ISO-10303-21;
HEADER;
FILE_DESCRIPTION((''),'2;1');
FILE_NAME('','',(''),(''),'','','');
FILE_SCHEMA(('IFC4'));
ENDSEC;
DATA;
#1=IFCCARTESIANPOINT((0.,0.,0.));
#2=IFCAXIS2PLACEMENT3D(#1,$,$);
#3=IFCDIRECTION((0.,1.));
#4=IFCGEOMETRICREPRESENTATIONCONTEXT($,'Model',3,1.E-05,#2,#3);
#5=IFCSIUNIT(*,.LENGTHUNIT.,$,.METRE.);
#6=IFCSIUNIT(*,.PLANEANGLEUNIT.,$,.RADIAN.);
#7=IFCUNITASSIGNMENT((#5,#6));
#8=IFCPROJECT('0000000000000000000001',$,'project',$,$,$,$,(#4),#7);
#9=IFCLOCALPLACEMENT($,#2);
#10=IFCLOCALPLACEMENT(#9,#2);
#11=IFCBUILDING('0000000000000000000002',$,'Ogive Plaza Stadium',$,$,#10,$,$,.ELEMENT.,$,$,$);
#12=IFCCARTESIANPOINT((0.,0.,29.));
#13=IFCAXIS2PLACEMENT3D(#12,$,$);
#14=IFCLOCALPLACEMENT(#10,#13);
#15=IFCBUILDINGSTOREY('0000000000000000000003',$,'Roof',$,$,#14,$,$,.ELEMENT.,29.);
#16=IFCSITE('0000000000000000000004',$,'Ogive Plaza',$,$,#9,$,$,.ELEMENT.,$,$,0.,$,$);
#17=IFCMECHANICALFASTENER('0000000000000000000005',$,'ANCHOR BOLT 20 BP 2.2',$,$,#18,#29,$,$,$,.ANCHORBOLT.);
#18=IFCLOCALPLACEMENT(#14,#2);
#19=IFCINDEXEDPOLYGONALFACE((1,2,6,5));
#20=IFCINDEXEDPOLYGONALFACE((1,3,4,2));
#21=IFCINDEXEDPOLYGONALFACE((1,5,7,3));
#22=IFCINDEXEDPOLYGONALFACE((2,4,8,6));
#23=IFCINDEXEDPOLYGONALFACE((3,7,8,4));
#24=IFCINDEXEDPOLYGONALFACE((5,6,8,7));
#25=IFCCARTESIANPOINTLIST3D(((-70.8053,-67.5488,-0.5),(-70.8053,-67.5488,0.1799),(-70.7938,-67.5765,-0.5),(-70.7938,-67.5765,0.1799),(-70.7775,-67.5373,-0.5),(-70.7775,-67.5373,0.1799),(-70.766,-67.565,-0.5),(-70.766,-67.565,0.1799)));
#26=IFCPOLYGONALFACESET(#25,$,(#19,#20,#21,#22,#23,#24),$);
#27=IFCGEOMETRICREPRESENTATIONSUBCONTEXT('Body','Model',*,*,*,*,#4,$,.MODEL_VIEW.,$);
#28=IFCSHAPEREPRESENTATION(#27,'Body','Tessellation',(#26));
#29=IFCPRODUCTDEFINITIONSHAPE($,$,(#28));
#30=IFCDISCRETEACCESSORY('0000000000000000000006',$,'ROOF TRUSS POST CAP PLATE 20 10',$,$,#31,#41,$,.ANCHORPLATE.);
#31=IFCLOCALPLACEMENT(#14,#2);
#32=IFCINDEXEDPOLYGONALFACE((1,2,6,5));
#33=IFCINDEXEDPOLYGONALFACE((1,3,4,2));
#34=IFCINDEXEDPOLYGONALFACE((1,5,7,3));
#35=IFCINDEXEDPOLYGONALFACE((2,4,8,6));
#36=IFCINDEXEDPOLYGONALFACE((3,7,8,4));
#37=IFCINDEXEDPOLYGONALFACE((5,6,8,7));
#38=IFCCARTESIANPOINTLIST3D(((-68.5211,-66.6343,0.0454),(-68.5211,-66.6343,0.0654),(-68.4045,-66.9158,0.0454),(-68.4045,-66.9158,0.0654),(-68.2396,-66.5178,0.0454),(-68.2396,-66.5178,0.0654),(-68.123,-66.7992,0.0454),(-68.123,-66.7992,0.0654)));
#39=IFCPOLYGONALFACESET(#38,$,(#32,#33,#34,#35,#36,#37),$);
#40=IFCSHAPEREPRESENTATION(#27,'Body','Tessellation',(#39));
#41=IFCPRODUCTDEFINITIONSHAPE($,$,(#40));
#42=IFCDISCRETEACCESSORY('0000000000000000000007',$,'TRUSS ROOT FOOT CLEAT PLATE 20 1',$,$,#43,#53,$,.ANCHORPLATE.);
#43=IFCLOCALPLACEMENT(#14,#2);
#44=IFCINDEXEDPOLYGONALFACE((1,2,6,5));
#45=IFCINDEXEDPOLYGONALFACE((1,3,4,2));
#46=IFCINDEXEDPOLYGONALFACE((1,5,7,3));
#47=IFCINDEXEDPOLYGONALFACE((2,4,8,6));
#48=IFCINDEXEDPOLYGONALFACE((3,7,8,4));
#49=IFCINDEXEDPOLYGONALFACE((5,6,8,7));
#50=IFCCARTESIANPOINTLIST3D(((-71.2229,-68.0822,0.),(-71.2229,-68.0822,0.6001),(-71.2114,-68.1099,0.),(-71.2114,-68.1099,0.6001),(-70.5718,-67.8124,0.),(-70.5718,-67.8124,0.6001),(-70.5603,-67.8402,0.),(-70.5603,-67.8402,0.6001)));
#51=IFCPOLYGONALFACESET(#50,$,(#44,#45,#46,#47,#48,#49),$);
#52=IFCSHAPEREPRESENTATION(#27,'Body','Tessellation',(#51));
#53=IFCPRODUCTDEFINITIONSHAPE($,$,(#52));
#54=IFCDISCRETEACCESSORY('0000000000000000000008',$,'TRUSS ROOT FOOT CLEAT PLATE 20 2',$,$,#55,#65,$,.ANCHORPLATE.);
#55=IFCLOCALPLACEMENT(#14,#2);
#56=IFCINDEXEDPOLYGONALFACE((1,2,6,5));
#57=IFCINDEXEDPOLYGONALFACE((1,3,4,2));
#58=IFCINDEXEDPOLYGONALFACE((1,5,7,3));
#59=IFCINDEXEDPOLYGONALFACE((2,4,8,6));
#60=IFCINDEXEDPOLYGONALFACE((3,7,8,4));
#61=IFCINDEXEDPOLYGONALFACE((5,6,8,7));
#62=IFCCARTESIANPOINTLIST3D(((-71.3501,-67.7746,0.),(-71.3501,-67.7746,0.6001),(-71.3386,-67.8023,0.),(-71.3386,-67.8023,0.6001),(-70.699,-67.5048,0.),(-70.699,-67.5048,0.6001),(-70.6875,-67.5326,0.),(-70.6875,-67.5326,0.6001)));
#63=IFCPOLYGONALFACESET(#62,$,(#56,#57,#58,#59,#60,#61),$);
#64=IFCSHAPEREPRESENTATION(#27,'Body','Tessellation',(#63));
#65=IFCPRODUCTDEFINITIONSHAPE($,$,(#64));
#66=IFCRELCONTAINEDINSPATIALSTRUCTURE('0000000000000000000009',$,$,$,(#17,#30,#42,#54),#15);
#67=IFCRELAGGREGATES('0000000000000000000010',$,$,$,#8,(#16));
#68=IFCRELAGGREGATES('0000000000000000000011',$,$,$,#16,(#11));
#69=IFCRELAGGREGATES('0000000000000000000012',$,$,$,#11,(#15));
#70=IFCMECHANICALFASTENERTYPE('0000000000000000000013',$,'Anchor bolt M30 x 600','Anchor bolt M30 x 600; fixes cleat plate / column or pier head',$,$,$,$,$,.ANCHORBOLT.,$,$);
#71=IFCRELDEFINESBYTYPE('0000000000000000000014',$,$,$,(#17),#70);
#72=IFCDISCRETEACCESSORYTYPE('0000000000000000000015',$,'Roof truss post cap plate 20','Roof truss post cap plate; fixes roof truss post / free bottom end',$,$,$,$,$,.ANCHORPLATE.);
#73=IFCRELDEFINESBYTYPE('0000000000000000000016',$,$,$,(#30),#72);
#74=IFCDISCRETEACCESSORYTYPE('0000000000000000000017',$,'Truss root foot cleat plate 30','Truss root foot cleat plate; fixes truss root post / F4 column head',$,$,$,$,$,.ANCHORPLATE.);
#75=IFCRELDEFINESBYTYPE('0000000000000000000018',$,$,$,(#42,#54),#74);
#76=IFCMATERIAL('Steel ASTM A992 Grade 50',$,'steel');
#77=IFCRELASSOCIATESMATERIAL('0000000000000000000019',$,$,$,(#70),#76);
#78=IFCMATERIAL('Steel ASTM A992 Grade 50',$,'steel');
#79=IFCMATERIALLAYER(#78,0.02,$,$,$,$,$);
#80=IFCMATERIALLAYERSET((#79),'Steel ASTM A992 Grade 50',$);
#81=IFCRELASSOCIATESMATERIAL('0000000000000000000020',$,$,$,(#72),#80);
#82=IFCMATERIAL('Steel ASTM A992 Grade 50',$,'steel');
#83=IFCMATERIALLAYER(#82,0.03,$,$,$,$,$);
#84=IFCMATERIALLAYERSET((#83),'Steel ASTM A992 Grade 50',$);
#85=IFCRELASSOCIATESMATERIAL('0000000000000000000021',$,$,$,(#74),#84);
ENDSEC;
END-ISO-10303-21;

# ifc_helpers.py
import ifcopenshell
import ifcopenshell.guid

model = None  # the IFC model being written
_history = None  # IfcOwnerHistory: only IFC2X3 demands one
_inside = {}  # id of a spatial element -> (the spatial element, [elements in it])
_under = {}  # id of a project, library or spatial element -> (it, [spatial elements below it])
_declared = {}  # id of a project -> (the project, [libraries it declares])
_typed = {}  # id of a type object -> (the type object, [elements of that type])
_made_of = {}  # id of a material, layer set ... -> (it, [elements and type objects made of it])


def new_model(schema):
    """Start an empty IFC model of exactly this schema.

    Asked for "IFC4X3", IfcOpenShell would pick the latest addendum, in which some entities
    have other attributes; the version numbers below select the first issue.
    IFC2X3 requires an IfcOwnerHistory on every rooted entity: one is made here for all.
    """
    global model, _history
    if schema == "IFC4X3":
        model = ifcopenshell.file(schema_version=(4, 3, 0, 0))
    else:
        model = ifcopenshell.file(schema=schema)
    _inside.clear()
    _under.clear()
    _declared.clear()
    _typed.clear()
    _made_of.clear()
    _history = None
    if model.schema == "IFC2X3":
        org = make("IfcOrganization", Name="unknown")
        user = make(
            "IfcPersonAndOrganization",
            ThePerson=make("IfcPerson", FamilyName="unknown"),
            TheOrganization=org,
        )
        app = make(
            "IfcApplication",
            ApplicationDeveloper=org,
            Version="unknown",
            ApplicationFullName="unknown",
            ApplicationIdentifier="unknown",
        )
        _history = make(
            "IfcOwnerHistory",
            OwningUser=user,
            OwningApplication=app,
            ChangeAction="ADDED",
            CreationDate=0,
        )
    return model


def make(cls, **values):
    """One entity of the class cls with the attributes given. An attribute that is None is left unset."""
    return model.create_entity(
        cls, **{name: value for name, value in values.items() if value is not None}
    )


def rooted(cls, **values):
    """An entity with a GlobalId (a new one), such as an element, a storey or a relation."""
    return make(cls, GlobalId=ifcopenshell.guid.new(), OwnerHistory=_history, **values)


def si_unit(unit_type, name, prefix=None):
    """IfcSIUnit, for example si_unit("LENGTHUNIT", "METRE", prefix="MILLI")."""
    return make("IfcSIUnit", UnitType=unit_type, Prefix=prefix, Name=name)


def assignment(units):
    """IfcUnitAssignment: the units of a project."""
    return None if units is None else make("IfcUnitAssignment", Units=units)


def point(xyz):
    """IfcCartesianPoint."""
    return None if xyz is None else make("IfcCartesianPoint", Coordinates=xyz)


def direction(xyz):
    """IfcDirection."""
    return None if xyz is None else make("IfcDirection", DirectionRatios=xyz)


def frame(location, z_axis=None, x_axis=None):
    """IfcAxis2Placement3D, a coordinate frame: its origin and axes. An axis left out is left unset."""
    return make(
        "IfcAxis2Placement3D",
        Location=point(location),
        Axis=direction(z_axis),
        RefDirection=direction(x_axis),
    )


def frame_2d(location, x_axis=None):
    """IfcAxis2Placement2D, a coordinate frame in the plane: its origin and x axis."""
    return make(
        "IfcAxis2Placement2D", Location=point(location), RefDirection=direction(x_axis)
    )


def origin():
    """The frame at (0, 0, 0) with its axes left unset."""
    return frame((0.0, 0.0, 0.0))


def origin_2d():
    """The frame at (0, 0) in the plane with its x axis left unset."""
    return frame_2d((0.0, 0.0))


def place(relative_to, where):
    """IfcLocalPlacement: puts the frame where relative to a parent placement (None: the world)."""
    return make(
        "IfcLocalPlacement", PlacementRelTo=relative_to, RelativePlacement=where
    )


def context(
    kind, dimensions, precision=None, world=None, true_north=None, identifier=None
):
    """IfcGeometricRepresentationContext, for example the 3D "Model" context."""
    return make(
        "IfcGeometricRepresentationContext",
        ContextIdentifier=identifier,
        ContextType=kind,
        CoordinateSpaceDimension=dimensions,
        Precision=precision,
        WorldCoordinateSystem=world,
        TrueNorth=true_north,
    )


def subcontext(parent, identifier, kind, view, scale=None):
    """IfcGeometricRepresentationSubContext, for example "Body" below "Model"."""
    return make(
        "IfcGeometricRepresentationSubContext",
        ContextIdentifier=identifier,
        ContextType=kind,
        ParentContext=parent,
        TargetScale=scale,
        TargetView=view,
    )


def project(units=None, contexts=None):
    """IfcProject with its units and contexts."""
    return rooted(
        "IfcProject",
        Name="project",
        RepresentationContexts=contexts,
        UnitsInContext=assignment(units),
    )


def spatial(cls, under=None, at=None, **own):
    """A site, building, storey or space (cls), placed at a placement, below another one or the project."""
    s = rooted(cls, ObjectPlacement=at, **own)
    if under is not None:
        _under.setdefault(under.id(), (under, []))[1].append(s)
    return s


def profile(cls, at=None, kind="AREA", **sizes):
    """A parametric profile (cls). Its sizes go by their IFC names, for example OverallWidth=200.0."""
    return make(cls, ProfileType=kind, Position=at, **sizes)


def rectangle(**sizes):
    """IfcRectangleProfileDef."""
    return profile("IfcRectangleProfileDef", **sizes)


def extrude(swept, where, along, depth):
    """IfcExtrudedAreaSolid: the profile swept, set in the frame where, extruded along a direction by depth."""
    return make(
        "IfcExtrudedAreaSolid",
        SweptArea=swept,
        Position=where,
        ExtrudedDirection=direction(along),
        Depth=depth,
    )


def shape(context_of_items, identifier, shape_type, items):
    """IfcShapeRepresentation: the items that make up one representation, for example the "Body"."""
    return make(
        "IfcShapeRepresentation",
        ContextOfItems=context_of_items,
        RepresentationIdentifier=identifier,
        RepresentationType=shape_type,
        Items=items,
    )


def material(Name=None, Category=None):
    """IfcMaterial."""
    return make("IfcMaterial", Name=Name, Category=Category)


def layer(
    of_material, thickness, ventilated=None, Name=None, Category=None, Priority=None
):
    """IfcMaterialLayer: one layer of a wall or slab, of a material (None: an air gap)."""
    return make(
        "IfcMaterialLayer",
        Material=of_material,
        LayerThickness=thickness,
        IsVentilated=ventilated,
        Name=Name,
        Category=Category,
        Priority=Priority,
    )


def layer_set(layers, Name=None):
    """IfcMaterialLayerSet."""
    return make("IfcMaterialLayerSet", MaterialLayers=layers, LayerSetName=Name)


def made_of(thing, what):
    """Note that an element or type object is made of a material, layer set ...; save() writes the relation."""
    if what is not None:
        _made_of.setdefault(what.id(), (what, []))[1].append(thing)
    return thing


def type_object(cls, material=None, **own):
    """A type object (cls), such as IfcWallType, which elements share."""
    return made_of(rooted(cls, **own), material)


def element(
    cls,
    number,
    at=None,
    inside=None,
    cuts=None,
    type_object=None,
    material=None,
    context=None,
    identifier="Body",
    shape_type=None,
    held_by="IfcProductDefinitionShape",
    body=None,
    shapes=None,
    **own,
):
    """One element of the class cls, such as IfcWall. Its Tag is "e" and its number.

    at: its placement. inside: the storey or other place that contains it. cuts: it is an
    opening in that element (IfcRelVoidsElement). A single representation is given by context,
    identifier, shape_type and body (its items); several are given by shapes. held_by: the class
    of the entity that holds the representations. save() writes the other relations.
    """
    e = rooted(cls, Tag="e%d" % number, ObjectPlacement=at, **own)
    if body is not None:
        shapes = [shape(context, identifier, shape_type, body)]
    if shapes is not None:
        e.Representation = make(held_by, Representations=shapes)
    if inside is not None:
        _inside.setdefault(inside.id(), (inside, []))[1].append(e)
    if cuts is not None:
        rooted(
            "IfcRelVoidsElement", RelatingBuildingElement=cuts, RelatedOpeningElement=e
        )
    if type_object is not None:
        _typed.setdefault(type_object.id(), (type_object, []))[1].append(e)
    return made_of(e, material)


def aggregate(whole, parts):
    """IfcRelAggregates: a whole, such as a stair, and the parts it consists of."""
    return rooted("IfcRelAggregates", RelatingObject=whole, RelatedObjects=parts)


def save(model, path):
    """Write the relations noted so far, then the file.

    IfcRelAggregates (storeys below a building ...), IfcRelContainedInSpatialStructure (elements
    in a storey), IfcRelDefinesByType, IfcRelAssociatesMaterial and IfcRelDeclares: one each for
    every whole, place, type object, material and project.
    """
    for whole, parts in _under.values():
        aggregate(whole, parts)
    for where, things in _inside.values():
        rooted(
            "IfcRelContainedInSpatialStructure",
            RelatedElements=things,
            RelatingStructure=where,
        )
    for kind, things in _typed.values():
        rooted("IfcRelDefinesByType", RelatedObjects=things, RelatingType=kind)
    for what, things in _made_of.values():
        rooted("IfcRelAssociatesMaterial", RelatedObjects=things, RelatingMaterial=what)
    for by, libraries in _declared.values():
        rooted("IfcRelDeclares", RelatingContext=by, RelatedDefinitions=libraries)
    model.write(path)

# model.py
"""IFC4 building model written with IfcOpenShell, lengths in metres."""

from ifc_helpers import new_model, si_unit, direction, frame, origin, origin_2d, place, context, subcontext, project, spatial, rectangle, extrude, material, layer, layer_set, type_object, element, save


model = new_model("IFC4")

# Units and contexts
model_context = context("Model", 3, precision=1e-05, world=origin(), true_north=direction((0.0, 1.0)))
body_context = subcontext(model_context, "Body", "Model", "MODEL_VIEW")
ifc_project = project(units=[si_unit("LENGTHUNIT", "METRE"), si_unit("PLANEANGLEUNIT", "RADIAN")], contexts=[model_context])

# Site, building, storey
site_placement = place(None, origin())
site = spatial("IfcSite", under=ifc_project, at=site_placement, Name="Ogive Plaza", CompositionType="ELEMENT", RefElevation=0.0)
building_placement = place(site_placement, origin())
building = spatial("IfcBuilding", under=site, at=building_placement, Name="Ogive Plaza Stadium", CompositionType="ELEMENT")
storey_placement = place(building_placement, frame((0.0, 0.0, 29.0)))
storey = spatial("IfcBuildingStorey", under=building, at=storey_placement, Name="Roof", CompositionType="ELEMENT", Elevation=29.0)

# Mechanical fastener
ifc_material_1 = material(Name="Steel ASTM A992 Grade 50", Category="steel")
mechanical_fastener_type = type_object("IfcMechanicalFastenerType", Name="Anchor bolt M30 x 600", Description="Anchor bolt M30 x 600; fixes cleat plate / column or pier head", PredefinedType="ANCHORBOLT", material=ifc_material_1)
for number, where, z_axis, x_axis, name in (
    (1, (-70.7856, -67.5569, -0.5), (0.0, 0.0, 1.0), (-0.92388, -0.382683, 0.0), "ANCHOR BOLT 20 BP 2.2"),
):
    element("IfcMechanicalFastener", number, at=place(storey_placement, frame(where, z_axis=z_axis, x_axis=x_axis)), inside=storey, type_object=mechanical_fastener_type, Name=name, PredefinedType="ANCHORBOLT", context=body_context, shape_type="SweptSolid", body=[
        extrude(rectangle(XDim=0.03, YDim=0.03, at=origin_2d()), origin(), (0.0, 0.0, 1.0), 0.6799),
    ])

# Discrete accessories
ifc_material_2 = material(Name="Steel ASTM A992 Grade 50", Category="steel")
ifc_layer_1 = layer(ifc_material_2, 0.02)
ifc_layer_set_1 = layer_set([ifc_layer_1], Name="Steel ASTM A992 Grade 50")
discrete_accessory_type_1 = type_object("IfcDiscreteAccessoryType", Name="Roof truss post cap plate 20", Description="Roof truss post cap plate; fixes roof truss post / free bottom end", PredefinedType="ANCHORPLATE", material=ifc_layer_set_1)
discrete_accessory_placement = place(storey_placement, frame((-68.322, -66.7168, 0.0454), z_axis=(0.0, 0.0, 1.0), x_axis=(-0.92388, -0.382683, 0.0)))
element("IfcDiscreteAccessory", 2, at=discrete_accessory_placement, inside=storey, type_object=discrete_accessory_type_1, Name="ROOF TRUSS POST CAP PLATE 20 10", PredefinedType="ANCHORPLATE", context=body_context, shape_type="SweptSolid", body=[
    extrude(rectangle(XDim=0.3047, YDim=0.3047, at=origin_2d()), origin(), (0.0, 0.0, 1.0), 0.02),
])
ifc_material_3 = material(Name="Steel ASTM A992 Grade 50", Category="steel")
ifc_layer_2 = layer(ifc_material_3, 0.03)
ifc_layer_set_2 = layer_set([ifc_layer_2], Name="Steel ASTM A992 Grade 50")
discrete_accessory_type_2 = type_object("IfcDiscreteAccessoryType", Name="Truss root foot cleat plate 30", Description="Truss root foot cleat plate; fixes truss root post / F4 column head", PredefinedType="ANCHORPLATE", material=ifc_layer_set_2)
for number, where, z_axis, x_axis, name in (
    (3, (-70.8916, -67.9612, 0.0), (0.0, 0.0, 1.0), (-0.92388, -0.382683, 0.0), "TRUSS ROOT FOOT CLEAT PLATE 20 1"),
    (4, (-71.0188, -67.6536, 0.0), (0.0, 0.0, 1.0), (-0.92388, -0.382683, 0.0), "TRUSS ROOT FOOT CLEAT PLATE 20 2"),
):
    element("IfcDiscreteAccessory", number, at=place(storey_placement, frame(where, z_axis=z_axis, x_axis=x_axis)), inside=storey, type_object=discrete_accessory_type_2, Name=name, PredefinedType="ANCHORPLATE", context=body_context, shape_type="SweptSolid", body=[
        extrude(rectangle(XDim=0.7048, YDim=0.03, at=origin_2d()), origin(), (0.0, 0.0, 1.0), 0.6001),
    ])

save(model, "model.ifc")
